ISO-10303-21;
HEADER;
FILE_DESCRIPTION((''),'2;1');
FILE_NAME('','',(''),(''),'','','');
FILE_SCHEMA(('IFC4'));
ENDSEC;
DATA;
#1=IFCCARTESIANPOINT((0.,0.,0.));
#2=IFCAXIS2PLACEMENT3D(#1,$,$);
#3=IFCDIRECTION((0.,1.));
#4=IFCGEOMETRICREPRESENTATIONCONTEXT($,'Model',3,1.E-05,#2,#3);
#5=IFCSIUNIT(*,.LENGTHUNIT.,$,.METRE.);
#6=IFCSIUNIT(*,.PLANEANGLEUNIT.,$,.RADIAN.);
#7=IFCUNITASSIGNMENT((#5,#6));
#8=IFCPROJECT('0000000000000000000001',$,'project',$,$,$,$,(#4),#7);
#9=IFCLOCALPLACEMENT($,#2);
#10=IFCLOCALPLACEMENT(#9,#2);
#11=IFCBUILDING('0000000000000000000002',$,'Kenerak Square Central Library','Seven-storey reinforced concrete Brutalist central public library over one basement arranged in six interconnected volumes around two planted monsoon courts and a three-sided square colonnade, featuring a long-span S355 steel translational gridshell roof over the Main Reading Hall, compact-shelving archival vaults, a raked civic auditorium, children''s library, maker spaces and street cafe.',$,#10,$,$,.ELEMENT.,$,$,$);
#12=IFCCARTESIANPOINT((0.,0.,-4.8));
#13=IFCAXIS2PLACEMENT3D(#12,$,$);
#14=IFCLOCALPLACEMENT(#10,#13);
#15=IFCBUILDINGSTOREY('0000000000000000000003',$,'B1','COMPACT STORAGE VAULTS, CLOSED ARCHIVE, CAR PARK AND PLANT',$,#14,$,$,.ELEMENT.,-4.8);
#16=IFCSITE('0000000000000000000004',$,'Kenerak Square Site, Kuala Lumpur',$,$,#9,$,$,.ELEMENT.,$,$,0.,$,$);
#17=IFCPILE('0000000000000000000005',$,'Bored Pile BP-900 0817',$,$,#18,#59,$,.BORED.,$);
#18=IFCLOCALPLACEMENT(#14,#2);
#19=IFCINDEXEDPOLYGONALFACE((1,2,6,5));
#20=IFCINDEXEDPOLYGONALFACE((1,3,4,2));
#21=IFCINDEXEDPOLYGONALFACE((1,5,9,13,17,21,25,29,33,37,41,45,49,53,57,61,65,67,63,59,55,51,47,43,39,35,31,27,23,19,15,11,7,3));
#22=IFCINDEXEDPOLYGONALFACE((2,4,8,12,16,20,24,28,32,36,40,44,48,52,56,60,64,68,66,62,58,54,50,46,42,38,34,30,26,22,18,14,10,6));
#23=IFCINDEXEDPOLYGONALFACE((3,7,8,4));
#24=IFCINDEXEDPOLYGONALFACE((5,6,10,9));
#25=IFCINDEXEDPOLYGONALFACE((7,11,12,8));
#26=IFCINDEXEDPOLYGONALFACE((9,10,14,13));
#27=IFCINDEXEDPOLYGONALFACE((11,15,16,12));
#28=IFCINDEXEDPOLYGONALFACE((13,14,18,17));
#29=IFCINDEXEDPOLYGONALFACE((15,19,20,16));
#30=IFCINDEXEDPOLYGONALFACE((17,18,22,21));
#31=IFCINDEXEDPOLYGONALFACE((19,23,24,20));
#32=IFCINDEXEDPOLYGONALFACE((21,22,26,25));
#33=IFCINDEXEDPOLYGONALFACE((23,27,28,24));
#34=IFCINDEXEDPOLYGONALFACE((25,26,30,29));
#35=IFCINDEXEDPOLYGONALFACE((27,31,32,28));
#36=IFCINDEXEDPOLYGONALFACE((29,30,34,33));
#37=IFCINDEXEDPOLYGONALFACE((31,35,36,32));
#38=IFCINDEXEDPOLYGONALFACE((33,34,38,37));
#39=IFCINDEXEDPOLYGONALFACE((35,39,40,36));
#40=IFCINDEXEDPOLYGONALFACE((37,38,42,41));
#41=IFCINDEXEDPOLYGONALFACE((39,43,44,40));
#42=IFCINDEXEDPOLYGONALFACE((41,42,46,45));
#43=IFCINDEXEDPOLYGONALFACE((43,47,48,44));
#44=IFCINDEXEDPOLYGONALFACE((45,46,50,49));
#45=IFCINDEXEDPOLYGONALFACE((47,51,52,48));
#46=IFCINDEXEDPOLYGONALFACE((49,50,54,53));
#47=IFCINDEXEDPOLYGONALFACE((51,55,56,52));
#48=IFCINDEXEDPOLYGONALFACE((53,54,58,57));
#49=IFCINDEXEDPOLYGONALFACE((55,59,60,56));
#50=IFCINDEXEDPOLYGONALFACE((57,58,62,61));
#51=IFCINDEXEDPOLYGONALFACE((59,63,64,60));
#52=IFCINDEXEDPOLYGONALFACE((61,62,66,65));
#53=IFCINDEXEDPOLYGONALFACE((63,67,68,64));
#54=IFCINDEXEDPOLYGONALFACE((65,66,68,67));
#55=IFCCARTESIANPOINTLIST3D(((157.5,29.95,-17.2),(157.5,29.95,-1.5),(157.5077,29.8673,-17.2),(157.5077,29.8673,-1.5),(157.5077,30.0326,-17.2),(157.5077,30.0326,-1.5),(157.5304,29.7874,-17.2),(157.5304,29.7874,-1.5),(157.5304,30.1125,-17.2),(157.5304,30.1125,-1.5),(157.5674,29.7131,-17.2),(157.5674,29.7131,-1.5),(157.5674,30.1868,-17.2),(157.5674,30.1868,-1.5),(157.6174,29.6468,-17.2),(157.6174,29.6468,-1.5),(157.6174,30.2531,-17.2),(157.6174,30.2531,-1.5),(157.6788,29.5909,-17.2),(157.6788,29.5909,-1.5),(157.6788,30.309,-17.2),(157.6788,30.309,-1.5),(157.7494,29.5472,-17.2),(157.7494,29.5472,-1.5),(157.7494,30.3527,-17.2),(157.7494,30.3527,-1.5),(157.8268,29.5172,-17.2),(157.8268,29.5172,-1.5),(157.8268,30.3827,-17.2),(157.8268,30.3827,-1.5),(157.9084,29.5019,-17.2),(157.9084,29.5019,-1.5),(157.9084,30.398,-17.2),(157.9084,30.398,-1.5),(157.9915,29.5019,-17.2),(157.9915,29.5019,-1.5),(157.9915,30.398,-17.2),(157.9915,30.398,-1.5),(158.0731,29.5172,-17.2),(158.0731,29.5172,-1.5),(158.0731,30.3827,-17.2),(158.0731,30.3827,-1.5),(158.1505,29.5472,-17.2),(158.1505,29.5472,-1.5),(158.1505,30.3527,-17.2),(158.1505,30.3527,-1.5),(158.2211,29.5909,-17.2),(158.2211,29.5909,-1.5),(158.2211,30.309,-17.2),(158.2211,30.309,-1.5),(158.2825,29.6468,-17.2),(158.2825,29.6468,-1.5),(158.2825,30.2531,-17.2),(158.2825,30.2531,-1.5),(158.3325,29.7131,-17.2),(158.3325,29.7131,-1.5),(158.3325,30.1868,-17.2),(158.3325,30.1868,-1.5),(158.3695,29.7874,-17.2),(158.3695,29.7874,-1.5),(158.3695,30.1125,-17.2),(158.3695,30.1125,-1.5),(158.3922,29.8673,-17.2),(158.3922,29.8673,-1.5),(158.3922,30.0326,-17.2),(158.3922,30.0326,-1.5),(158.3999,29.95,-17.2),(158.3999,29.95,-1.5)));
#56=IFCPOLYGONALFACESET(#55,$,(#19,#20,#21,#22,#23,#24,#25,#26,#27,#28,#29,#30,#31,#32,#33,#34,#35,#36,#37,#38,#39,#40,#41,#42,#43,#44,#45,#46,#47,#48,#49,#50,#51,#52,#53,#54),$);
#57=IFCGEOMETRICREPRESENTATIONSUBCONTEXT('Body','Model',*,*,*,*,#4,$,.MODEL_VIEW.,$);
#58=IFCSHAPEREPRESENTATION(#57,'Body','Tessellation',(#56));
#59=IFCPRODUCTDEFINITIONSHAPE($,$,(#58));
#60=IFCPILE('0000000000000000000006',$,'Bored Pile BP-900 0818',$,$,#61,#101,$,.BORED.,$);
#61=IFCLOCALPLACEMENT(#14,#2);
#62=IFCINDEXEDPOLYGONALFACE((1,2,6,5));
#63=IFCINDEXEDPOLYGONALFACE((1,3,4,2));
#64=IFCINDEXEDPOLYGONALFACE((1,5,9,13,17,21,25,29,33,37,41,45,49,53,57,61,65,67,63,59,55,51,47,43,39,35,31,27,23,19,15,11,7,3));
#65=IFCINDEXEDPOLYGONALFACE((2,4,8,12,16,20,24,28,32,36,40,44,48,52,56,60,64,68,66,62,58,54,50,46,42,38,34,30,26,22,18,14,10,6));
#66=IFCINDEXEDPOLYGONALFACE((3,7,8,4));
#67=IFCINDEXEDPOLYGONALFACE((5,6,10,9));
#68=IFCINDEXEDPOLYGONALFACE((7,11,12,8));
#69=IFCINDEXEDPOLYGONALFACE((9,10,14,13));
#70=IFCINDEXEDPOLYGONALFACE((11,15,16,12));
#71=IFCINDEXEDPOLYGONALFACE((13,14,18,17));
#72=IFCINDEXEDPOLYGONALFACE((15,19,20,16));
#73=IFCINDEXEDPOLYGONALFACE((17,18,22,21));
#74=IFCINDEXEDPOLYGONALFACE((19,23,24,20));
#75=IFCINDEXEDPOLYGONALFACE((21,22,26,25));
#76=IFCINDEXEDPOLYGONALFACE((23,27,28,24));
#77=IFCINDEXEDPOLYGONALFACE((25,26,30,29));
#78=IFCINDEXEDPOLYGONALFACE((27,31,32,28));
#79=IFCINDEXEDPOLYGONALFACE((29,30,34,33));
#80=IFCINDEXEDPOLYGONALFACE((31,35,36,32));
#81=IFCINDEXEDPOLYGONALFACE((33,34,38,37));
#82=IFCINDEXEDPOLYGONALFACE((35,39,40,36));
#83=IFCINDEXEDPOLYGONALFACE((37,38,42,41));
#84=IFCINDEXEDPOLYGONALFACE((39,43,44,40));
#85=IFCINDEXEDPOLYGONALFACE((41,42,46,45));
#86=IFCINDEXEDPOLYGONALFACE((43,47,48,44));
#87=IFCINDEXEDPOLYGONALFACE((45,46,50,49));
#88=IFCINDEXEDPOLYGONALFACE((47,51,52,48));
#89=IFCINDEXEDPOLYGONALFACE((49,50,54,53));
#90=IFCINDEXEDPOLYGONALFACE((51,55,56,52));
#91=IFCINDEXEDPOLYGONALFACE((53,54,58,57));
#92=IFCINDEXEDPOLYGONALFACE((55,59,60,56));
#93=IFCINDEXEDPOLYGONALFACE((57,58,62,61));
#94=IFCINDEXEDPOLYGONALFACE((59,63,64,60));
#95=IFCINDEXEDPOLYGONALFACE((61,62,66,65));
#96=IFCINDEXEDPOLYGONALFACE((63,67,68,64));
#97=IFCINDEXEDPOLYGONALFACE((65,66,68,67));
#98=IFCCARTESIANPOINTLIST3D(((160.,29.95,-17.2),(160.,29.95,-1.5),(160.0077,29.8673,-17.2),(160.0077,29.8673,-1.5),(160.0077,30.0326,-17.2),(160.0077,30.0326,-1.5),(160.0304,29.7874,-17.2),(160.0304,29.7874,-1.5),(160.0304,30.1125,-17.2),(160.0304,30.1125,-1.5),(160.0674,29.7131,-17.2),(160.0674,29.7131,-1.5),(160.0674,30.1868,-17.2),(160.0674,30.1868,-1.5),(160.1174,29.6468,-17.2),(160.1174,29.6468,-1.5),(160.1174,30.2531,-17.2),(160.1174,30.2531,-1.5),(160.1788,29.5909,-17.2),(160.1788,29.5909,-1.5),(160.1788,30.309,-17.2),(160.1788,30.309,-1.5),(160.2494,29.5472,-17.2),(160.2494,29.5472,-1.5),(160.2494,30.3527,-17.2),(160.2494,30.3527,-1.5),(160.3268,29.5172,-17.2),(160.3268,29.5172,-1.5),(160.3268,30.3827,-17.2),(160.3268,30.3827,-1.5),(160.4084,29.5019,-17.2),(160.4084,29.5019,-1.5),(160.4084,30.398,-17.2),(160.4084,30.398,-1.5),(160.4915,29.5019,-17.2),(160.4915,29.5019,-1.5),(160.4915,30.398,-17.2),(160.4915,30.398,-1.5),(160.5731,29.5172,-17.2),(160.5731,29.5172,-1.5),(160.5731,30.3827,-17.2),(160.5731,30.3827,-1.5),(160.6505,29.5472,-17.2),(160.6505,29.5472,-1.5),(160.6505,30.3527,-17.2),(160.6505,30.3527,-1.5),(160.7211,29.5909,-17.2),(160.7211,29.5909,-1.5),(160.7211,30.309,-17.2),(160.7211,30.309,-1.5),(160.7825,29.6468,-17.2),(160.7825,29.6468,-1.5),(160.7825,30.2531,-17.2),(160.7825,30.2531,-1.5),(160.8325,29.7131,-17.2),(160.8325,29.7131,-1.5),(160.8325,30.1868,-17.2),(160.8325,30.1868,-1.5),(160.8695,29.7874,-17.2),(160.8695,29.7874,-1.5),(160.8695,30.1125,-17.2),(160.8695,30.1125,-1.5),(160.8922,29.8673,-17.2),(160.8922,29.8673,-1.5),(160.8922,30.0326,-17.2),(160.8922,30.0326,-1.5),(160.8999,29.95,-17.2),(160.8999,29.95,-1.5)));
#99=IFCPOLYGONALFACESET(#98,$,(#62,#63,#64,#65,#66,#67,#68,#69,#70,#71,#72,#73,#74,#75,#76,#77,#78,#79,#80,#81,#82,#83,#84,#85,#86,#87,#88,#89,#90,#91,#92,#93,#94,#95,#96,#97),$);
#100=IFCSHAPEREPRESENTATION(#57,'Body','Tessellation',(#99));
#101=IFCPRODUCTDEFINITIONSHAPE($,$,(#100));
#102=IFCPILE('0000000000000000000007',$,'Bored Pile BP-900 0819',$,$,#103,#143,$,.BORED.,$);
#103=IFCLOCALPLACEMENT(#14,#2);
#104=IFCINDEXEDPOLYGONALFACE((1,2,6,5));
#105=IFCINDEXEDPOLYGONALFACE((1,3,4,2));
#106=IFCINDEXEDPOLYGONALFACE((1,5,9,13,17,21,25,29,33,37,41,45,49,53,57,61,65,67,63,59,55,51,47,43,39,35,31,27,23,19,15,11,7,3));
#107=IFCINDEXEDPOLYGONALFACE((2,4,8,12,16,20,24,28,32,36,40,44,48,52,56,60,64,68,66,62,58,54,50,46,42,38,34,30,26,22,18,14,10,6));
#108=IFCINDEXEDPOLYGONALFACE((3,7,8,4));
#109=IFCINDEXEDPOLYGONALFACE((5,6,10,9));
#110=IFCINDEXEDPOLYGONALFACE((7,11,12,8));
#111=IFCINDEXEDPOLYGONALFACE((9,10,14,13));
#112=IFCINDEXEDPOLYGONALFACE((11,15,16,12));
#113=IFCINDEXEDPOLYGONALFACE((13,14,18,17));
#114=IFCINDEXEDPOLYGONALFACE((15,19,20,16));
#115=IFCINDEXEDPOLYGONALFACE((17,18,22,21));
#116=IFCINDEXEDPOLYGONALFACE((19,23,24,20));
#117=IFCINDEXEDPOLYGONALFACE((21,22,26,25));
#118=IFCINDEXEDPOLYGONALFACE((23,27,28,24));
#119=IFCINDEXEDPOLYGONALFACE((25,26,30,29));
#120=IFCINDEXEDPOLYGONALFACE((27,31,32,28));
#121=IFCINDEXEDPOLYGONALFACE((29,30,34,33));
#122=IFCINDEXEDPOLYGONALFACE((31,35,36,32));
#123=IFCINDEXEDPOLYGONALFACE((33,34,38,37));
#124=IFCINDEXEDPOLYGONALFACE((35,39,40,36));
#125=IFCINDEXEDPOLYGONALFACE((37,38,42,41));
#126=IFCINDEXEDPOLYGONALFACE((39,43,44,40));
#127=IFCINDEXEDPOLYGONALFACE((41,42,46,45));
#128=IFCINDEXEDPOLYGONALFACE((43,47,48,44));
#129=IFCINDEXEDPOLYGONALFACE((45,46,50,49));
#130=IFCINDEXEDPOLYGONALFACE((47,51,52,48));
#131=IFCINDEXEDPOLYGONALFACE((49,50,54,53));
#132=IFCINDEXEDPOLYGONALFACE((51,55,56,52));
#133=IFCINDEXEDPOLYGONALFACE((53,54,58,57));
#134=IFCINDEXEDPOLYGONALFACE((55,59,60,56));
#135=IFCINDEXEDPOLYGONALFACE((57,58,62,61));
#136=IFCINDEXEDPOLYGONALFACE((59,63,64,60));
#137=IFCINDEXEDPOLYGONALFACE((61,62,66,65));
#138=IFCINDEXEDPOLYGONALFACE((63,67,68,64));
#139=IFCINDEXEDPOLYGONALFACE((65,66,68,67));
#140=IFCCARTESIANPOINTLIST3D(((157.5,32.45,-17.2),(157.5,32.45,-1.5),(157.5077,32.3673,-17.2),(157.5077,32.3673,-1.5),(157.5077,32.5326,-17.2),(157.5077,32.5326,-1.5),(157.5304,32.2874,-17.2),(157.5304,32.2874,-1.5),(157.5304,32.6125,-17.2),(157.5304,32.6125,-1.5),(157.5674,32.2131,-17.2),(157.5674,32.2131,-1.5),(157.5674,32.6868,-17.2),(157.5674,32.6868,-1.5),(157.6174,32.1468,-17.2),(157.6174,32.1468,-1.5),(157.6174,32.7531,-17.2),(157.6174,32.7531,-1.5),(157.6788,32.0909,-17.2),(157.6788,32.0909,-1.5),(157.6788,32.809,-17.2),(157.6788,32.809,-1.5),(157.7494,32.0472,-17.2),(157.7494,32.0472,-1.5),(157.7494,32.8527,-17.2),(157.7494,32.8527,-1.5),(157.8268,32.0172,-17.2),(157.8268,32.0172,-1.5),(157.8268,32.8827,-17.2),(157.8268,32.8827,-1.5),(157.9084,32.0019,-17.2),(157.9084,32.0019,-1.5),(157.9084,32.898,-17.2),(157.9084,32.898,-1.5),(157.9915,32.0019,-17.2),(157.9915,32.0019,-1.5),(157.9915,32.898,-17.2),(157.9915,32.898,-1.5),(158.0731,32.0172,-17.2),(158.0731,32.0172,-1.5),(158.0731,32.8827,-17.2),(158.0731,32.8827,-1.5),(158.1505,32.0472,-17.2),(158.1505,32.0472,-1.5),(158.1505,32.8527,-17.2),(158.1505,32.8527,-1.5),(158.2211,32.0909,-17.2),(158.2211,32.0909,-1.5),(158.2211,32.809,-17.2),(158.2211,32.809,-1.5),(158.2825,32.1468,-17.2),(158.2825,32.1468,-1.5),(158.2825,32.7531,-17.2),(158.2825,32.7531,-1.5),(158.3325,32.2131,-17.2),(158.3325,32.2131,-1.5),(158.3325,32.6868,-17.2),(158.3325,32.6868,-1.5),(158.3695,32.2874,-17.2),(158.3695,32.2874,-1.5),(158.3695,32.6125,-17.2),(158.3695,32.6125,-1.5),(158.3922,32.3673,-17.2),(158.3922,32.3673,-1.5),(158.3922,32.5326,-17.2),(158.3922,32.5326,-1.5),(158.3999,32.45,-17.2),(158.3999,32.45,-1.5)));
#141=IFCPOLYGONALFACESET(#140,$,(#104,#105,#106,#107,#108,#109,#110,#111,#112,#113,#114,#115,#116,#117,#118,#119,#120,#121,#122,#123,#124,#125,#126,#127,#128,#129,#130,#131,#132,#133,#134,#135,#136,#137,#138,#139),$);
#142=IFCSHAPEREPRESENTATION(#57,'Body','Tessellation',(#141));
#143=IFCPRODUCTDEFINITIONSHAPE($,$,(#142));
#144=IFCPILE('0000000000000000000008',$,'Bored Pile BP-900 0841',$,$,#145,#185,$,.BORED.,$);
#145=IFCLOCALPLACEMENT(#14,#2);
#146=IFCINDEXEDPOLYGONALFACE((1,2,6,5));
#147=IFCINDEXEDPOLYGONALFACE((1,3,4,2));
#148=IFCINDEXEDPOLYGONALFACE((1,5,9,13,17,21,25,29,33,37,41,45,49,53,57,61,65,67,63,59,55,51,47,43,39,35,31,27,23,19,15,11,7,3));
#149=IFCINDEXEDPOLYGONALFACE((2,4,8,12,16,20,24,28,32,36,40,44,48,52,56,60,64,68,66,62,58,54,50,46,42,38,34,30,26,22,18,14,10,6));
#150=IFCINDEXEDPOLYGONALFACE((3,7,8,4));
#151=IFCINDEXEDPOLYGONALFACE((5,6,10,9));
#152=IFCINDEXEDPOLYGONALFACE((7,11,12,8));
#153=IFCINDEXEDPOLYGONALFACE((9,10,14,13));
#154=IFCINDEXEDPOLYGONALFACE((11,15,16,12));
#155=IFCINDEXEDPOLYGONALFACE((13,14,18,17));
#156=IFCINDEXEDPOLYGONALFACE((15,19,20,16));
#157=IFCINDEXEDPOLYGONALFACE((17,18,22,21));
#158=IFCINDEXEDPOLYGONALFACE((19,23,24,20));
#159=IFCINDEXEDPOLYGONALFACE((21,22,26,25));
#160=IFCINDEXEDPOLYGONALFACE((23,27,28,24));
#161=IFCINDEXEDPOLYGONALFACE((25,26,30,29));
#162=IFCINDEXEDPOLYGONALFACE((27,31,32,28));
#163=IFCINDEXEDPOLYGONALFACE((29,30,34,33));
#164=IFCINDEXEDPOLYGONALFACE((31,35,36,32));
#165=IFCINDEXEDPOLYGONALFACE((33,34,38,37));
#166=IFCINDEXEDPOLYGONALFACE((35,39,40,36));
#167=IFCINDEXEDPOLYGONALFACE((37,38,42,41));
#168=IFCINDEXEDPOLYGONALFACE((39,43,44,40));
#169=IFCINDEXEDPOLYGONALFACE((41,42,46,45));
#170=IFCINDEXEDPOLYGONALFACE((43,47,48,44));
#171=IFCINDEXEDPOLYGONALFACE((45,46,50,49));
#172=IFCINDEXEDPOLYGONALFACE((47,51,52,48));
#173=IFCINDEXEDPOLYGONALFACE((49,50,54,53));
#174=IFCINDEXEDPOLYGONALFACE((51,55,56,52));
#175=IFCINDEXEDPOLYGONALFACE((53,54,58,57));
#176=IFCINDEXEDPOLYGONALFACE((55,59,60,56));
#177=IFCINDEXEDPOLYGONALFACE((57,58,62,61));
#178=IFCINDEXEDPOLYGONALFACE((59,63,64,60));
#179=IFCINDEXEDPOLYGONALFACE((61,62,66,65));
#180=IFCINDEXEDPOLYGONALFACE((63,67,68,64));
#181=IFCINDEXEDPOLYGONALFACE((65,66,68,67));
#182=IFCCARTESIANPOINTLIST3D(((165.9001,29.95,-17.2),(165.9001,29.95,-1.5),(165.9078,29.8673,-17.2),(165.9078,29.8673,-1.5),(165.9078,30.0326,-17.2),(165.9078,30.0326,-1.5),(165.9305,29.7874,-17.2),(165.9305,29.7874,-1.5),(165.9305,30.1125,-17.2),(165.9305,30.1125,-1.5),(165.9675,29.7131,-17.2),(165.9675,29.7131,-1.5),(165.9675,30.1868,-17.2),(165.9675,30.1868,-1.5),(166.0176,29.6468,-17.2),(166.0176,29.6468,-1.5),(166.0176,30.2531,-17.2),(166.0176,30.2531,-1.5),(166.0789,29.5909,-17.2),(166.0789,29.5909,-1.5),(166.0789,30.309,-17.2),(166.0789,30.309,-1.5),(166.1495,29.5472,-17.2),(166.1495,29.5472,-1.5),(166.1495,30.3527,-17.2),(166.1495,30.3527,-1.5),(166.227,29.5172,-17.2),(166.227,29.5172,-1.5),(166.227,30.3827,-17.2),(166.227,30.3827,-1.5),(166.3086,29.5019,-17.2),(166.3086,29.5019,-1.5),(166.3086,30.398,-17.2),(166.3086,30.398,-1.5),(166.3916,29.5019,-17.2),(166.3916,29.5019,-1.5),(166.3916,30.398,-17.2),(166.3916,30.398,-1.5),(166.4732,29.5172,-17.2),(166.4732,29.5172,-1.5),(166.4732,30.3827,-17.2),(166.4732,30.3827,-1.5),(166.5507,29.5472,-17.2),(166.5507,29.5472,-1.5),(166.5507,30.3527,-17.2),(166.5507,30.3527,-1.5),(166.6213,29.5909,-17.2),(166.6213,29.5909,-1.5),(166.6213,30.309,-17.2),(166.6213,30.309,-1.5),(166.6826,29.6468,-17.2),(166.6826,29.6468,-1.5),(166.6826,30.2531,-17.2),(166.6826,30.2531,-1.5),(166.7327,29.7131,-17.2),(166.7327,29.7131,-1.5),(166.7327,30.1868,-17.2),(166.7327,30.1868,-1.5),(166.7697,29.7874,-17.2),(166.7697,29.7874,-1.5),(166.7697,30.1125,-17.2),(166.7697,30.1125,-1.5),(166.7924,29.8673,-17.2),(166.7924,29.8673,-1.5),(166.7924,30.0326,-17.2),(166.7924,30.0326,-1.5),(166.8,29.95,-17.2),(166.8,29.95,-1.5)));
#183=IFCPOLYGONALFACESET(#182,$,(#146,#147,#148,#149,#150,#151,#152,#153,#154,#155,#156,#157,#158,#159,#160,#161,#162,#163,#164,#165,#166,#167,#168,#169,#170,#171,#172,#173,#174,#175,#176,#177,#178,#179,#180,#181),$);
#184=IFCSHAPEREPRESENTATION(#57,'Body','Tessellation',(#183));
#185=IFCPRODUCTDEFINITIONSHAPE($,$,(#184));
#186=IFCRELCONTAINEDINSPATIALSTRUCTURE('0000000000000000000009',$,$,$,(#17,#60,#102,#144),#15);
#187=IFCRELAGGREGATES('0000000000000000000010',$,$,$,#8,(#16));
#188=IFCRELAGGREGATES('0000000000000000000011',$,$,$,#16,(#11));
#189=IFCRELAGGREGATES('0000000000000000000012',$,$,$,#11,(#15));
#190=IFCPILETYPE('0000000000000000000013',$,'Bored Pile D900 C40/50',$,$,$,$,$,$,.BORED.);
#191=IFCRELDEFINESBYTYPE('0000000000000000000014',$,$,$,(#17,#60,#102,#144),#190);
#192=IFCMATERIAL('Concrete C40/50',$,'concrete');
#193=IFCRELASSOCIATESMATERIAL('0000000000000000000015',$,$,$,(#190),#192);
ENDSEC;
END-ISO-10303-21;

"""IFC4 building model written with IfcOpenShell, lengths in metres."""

from ifc_helpers import new_model, si_unit, direction, frame, origin, origin_2d, place, context, subcontext, project, spatial, circle, extrude, material, material_profile, profile_set, type_object, element, save


model = new_model("IFC4")

# Units and contexts
model_context = context("Model", 3, precision=1e-05, world=origin(), true_north=direction((0.0, 1.0)))
body_context = subcontext(model_context, "Body", "Model", "MODEL_VIEW")
ifc_project = project(units=[si_unit("LENGTHUNIT", "METRE"), si_unit("PLANEANGLEUNIT", "RADIAN")], contexts=[model_context])

# Site, building, storey
site_placement = place(None, origin())
site = spatial("IfcSite", under=ifc_project, at=site_placement, Name="Kenerak Square Site, Kuala Lumpur", CompositionType="ELEMENT", RefElevation=0.0)
building_placement = place(site_placement, origin())
building = spatial("IfcBuilding", under=site, at=building_placement, Name="Kenerak Square Central Library", Description="Seven-storey reinforced concrete Brutalist central public library over one basement arranged in six interconnected volumes around two planted monsoon courts and a three-sided square colonnade, featuring a long-span S355 steel translational gridshell roof over the Main Reading Hall, compact-shelving archival vaults, a raked civic auditorium, children's library, maker spaces and street cafe.", CompositionType="ELEMENT")
storey_placement = place(building_placement, frame((0.0, 0.0, -4.8)))
storey = spatial("IfcBuildingStorey", under=building, at=storey_placement, Name="B1", Description="COMPACT STORAGE VAULTS, CLOSED ARCHIVE, CAR PARK AND PLANT", CompositionType="ELEMENT", Elevation=-4.8)

# Piles
ifc_material_1 = material(Name="Concrete C40/50", Category="concrete")
ifc_material_profile_1 = material_profile(ifc_material_1, circle(Radius=0.45, at=origin_2d()), Name="BP D900")
ifc_profile_set_1 = profile_set([ifc_material_profile_1], Name="Concrete C40/50")
pile_type = type_object("IfcPileType", Name="Bored Pile D900 C40/50", PredefinedType="BORED", material=ifc_profile_set_1)
for number, where, z_axis, x_axis, name in (
    (1, (157.95, 29.95, -1.5), (0.0, 0.0, -1.0), (1.0, 0.0, 0.0), "Bored Pile BP-900 0817"),
    (2, (160.45, 29.95, -1.5), (0.0, 0.0, -1.0), (1.0, 0.0, 0.0), "Bored Pile BP-900 0818"),
    (3, (157.95, 32.45, -1.5), (0.0, 0.0, -1.0), (1.0, 0.0, 0.0), "Bored Pile BP-900 0819"),
    (4, (166.3501, 29.95, -1.5), (0.0, 0.0, -1.0), (1.0, 0.0, 0.0), "Bored Pile BP-900 0841"),
):
    element("IfcPile", number, at=place(storey_placement, frame(where, z_axis=z_axis, x_axis=x_axis)), inside=storey, type_object=pile_type, Name=name, PredefinedType="BORED", context=body_context, shape_type="SweptSolid", body=[
        extrude(circle(Radius=0.45, at=origin_2d()), origin(), (0.0, 0.0, 1.0), 15.7),
    ])

save(model, "model.ifc")
